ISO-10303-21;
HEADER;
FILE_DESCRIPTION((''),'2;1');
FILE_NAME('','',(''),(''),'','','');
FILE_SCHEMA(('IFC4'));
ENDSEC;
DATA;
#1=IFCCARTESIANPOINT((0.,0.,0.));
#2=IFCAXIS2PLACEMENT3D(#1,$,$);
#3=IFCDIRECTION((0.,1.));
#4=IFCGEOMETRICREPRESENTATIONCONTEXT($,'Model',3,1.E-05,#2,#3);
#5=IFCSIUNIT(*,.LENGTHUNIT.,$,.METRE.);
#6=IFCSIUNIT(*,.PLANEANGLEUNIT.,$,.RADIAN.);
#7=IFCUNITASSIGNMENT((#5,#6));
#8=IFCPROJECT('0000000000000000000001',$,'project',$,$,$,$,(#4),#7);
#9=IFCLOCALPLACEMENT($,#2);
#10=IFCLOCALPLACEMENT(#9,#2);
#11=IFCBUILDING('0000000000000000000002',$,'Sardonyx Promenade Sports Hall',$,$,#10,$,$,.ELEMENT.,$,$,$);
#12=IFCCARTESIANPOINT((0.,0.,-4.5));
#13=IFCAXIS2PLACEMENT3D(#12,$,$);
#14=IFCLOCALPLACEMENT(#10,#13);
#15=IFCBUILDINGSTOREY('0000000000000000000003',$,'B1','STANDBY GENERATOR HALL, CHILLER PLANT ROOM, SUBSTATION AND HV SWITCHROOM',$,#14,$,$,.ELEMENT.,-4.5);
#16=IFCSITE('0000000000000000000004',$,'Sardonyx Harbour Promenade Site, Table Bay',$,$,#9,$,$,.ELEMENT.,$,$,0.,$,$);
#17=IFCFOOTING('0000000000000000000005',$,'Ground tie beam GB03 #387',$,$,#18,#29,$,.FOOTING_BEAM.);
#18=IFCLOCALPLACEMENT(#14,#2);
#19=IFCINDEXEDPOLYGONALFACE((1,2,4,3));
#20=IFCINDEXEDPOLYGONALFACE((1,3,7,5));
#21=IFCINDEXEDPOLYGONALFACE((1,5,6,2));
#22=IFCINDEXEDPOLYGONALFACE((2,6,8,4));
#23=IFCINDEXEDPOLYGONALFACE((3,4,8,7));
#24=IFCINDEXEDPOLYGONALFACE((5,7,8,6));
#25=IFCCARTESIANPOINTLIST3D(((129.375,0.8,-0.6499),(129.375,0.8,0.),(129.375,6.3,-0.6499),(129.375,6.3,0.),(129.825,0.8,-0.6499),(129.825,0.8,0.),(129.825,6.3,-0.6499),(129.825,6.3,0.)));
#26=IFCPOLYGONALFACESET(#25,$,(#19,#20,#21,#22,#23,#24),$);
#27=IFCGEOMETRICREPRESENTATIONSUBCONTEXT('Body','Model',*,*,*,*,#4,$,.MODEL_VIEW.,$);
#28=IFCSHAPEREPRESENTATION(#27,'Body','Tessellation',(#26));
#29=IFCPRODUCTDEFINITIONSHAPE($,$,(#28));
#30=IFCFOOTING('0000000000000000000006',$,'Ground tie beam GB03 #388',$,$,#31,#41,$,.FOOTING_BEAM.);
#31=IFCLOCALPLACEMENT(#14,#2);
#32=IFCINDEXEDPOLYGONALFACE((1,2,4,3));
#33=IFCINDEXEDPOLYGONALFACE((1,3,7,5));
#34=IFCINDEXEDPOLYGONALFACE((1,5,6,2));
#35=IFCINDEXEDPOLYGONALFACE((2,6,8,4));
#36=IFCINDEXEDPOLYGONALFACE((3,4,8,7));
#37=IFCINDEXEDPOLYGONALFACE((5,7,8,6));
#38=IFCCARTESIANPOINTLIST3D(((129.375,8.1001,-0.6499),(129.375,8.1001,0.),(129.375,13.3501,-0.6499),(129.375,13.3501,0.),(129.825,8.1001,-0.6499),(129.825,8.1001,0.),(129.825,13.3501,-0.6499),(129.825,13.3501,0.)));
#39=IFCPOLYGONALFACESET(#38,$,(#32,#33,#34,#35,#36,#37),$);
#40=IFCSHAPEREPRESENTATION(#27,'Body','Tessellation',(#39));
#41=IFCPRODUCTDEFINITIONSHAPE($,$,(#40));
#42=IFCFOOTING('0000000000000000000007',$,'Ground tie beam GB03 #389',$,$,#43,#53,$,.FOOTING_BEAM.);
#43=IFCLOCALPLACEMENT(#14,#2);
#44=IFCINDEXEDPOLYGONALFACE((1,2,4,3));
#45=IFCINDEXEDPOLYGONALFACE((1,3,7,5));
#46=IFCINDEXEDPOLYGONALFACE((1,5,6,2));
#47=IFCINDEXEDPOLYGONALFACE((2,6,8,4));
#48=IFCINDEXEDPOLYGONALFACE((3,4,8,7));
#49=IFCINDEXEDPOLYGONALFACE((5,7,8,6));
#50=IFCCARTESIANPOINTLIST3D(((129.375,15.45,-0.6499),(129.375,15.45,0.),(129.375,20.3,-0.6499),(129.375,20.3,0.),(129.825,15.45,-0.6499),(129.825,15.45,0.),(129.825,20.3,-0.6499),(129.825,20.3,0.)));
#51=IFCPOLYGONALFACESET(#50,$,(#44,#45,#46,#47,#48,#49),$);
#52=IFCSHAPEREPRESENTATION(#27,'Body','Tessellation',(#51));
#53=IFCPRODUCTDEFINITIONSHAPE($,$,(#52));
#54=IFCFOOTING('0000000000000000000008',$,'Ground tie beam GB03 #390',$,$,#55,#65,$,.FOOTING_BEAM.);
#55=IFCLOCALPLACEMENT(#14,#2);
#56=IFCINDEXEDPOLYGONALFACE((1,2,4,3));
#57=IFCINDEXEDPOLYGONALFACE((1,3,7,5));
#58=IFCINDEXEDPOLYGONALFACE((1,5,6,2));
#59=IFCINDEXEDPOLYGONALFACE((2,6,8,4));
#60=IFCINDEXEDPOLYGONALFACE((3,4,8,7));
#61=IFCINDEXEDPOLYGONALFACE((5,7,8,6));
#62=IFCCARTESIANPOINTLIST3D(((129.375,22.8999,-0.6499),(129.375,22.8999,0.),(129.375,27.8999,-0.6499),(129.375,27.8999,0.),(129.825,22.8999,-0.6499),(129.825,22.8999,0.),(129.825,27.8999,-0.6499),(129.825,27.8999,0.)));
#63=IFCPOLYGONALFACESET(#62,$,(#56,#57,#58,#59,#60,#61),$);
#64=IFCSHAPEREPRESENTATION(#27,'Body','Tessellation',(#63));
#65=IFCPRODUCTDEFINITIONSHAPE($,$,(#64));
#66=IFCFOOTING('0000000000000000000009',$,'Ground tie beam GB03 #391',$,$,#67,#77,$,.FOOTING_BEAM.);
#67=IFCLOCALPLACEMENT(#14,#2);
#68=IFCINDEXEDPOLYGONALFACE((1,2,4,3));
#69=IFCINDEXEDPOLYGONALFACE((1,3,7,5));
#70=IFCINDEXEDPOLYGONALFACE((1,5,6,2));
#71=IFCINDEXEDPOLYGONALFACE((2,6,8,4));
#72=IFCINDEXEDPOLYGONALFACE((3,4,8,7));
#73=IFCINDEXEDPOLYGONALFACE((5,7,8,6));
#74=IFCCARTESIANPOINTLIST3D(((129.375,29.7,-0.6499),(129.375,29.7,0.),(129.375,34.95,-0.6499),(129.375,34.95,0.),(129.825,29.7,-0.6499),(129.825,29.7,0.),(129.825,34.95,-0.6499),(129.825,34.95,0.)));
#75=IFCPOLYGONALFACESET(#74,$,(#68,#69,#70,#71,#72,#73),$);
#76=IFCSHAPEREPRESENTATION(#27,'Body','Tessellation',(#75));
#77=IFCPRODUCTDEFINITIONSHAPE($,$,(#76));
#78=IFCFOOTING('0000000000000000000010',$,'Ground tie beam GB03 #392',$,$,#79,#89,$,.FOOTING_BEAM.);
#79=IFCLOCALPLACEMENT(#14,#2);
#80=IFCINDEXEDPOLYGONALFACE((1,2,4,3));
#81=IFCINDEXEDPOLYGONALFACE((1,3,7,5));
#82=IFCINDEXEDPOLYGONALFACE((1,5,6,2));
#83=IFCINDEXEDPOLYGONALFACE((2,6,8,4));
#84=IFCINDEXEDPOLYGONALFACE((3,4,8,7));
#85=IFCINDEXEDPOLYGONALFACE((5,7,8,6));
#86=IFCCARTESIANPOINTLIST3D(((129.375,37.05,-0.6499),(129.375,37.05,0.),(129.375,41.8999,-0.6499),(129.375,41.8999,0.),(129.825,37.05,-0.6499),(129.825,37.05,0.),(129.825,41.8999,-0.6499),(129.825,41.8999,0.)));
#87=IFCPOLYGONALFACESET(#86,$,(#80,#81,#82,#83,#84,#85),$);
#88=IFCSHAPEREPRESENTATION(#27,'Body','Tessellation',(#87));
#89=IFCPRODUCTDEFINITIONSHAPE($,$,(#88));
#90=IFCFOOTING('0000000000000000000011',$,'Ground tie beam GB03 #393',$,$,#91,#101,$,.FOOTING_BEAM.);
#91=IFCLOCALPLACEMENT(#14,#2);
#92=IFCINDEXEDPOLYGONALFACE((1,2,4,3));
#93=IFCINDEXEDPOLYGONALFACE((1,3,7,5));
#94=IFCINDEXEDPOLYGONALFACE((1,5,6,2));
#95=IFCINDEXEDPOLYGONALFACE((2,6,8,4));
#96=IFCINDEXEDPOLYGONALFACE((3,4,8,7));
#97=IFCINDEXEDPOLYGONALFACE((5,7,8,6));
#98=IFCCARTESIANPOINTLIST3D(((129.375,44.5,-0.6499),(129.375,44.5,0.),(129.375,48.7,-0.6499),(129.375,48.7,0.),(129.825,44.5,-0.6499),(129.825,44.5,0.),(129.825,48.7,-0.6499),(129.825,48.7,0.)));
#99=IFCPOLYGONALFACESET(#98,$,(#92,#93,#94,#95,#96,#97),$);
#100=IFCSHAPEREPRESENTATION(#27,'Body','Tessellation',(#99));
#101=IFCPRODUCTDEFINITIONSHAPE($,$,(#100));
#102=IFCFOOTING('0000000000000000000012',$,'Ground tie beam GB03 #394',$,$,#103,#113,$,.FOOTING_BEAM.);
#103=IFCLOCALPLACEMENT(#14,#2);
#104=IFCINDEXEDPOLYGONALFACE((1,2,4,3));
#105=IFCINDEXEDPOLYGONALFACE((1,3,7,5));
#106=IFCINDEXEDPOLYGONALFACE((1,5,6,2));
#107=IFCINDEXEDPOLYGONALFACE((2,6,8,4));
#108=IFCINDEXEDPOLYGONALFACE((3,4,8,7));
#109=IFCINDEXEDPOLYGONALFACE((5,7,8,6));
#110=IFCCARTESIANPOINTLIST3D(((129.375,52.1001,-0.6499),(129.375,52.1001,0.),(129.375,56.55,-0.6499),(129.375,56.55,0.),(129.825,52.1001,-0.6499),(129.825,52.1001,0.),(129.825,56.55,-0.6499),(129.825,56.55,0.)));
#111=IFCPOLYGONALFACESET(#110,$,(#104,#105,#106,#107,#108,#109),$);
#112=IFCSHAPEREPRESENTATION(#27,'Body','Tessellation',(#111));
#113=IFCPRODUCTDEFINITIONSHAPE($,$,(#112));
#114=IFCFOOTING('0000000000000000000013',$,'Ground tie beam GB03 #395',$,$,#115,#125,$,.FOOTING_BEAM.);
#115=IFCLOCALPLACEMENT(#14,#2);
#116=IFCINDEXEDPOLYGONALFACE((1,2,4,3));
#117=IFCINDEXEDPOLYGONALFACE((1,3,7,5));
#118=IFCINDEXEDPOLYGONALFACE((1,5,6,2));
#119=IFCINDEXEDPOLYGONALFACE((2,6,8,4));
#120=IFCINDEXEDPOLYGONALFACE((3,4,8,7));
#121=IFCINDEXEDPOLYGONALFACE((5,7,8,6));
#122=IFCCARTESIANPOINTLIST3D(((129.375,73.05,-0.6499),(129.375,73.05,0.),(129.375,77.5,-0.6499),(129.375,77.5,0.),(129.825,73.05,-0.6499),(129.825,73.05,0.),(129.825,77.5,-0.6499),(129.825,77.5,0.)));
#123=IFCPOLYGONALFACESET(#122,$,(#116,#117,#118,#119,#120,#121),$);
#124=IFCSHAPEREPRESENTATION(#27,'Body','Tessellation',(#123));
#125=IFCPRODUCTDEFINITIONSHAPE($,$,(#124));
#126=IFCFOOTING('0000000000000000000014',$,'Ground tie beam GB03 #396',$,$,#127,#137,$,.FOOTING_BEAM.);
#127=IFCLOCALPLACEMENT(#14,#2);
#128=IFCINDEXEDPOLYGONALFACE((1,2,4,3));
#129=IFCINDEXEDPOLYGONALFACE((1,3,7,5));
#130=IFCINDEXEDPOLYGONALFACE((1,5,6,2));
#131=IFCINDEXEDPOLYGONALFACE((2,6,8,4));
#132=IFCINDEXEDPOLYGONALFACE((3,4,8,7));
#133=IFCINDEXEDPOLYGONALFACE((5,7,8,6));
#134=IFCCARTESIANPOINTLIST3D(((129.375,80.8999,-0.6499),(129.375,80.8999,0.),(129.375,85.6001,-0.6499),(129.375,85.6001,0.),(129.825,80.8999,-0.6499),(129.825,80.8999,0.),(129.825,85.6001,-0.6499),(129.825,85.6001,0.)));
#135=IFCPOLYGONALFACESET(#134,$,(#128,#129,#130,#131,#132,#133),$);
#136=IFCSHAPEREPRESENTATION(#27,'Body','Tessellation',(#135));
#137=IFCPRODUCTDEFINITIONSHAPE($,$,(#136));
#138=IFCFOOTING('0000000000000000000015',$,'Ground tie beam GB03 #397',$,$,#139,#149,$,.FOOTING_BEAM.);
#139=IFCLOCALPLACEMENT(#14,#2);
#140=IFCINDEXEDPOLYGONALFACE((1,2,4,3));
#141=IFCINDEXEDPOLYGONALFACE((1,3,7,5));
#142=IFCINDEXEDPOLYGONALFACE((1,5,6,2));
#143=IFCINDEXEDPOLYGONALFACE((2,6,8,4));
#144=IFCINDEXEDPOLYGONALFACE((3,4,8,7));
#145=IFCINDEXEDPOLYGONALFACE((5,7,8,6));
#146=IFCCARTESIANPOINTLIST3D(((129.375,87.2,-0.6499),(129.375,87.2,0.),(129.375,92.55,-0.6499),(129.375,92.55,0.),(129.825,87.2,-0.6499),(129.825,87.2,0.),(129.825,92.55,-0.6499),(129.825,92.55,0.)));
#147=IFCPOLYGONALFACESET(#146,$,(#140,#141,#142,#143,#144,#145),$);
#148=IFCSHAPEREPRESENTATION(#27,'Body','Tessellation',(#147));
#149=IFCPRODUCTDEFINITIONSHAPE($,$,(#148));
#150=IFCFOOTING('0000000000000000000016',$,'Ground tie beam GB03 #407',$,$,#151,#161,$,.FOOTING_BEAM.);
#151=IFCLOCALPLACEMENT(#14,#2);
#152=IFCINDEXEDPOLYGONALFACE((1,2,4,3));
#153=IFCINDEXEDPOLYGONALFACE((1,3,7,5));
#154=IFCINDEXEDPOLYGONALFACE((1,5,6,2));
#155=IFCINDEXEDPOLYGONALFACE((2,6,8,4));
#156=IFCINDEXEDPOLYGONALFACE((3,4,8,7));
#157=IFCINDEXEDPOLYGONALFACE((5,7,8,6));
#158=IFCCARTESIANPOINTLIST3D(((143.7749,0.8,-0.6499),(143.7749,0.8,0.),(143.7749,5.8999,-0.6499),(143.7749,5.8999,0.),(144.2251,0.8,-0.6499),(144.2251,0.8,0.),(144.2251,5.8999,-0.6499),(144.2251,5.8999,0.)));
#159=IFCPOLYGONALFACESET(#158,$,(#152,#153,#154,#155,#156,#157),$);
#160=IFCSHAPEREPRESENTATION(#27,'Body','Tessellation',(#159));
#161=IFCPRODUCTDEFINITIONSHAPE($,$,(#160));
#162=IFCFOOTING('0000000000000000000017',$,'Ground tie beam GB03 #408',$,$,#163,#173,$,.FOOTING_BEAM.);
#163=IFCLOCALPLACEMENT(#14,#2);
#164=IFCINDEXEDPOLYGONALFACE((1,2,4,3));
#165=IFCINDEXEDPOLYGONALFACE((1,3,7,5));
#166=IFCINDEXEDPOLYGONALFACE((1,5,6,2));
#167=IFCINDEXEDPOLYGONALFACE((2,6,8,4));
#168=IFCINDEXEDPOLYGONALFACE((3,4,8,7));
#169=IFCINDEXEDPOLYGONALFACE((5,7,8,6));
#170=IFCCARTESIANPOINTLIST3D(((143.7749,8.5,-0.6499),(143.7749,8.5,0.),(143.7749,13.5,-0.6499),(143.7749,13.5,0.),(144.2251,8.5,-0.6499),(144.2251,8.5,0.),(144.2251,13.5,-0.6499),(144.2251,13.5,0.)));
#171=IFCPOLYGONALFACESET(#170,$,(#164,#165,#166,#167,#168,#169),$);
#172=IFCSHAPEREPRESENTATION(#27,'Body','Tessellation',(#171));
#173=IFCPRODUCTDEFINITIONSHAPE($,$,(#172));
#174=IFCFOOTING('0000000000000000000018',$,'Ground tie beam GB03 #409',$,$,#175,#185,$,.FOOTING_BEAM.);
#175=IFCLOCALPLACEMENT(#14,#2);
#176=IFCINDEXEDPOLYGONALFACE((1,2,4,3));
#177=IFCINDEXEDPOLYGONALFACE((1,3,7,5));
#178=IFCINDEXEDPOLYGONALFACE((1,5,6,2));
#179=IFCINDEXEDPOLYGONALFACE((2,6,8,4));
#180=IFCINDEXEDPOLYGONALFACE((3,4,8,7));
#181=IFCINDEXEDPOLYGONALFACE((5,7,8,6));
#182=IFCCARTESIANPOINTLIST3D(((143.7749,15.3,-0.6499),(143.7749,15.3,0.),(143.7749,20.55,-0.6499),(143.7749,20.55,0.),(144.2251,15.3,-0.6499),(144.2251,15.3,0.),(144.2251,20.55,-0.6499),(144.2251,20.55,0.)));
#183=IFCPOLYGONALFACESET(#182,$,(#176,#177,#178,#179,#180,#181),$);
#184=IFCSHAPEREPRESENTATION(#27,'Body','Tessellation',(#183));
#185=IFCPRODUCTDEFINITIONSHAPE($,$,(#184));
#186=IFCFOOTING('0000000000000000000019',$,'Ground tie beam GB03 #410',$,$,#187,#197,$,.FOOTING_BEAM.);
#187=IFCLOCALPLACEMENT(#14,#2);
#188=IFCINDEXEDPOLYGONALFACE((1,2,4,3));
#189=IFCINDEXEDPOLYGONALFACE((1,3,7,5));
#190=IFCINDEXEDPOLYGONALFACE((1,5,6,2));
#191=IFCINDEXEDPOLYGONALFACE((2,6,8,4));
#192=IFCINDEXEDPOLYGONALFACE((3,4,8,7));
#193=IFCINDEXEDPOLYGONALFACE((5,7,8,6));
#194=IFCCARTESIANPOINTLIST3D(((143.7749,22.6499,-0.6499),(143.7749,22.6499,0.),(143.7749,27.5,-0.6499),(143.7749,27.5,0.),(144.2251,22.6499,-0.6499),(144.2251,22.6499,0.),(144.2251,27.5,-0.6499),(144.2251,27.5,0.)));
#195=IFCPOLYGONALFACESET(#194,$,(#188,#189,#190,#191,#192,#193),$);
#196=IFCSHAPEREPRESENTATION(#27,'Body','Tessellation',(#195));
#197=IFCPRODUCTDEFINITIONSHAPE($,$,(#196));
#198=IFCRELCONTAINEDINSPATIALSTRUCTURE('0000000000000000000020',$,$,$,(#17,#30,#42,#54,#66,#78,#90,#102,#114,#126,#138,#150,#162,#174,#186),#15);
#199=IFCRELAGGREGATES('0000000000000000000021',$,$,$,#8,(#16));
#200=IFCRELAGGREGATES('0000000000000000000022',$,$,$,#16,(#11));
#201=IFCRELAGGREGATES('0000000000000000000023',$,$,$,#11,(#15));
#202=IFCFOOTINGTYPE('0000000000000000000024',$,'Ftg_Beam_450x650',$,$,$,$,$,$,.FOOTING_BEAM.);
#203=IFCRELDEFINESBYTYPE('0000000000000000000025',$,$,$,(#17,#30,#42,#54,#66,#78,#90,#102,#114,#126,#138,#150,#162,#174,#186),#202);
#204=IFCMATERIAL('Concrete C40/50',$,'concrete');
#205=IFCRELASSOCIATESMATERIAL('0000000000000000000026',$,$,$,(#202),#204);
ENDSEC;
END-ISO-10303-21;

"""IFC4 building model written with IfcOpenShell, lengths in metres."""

from ifc_helpers import new_model, si_unit, direction, frame, origin, place, context, subcontext, project, spatial, polyline, outline, extrude, material, type_object, element, save


model = new_model("IFC4")

# Units and contexts
model_context = context("Model", 3, precision=1e-05, world=origin(), true_north=direction((0.0, 1.0)))
body_context = subcontext(model_context, "Body", "Model", "MODEL_VIEW")
ifc_project = project(units=[si_unit("LENGTHUNIT", "METRE"), si_unit("PLANEANGLEUNIT", "RADIAN")], contexts=[model_context])

# Site, building, storey
site_placement = place(None, origin())
site = spatial("IfcSite", under=ifc_project, at=site_placement, Name="Sardonyx Harbour Promenade Site, Table Bay", CompositionType="ELEMENT", RefElevation=0.0)
building_placement = place(site_placement, origin())
building = spatial("IfcBuilding", under=site, at=building_placement, Name="Sardonyx Promenade Sports Hall", CompositionType="ELEMENT")
storey_placement = place(building_placement, frame((0.0, 0.0, -4.5)))
storey = spatial("IfcBuildingStorey", under=building, at=storey_placement, Name="B1", Description="STANDBY GENERATOR HALL, CHILLER PLANT ROOM, SUBSTATION AND HV SWITCHROOM", CompositionType="ELEMENT", Elevation=-4.5)

# Footings
ifc_material_1 = material(Name="Concrete C40/50", Category="concrete")
footing_type_1 = type_object("IfcFootingType", Name="Ftg_Beam_450x650", PredefinedType="FOOTING_BEAM", material=ifc_material_1)
footing_1_placement = place(storey_placement, frame((0.0, 0.0, -0.6499)))
element("IfcFooting", 1, at=footing_1_placement, inside=storey, type_object=footing_type_1, Name="Ground tie beam GB03 #387", PredefinedType="FOOTING_BEAM", context=body_context, shape_type="SweptSolid", body=[
    extrude(outline(polyline([(129.375, 0.8), (129.825, 0.8), (129.825, 6.3), (129.375, 6.3), (129.375, 0.8)])), origin(), (0.0, 0.0, 1.0), 0.6499),
])
footing_2_placement = place(storey_placement, frame((0.0, 0.0, -0.6499)))
element("IfcFooting", 2, at=footing_2_placement, inside=storey, type_object=footing_type_1, Name="Ground tie beam GB03 #388", PredefinedType="FOOTING_BEAM", context=body_context, shape_type="SweptSolid", body=[
    extrude(outline(polyline([(129.375, 8.1001), (129.825, 8.1001), (129.825, 13.3501), (129.375, 13.3501), (129.375, 8.1001)])), origin(), (0.0, 0.0, 1.0), 0.6499),
])
footing_3_placement = place(storey_placement, frame((0.0, 0.0, -0.6499)))
element("IfcFooting", 3, at=footing_3_placement, inside=storey, type_object=footing_type_1, Name="Ground tie beam GB03 #389", PredefinedType="FOOTING_BEAM", context=body_context, shape_type="SweptSolid", body=[
    extrude(outline(polyline([(129.375, 15.45), (129.825, 15.45), (129.825, 20.3), (129.375, 20.3), (129.375, 15.45)])), origin(), (0.0, 0.0, 1.0), 0.6499),
])
footing_4_placement = place(storey_placement, frame((0.0, 0.0, -0.6499)))
element("IfcFooting", 4, at=footing_4_placement, inside=storey, type_object=footing_type_1, Name="Ground tie beam GB03 #390", PredefinedType="FOOTING_BEAM", context=body_context, shape_type="SweptSolid", body=[
    extrude(outline(polyline([(129.375, 22.8999), (129.825, 22.8999), (129.825, 27.8999), (129.375, 27.8999), (129.375, 22.8999)])), origin(), (0.0, 0.0, 1.0), 0.6499),
])
footing_5_placement = place(storey_placement, frame((0.0, 0.0, -0.6499)))
element("IfcFooting", 5, at=footing_5_placement, inside=storey, type_object=footing_type_1, Name="Ground tie beam GB03 #391", PredefinedType="FOOTING_BEAM", context=body_context, shape_type="SweptSolid", body=[
    extrude(outline(polyline([(129.375, 29.7), (129.825, 29.7), (129.825, 34.95), (129.375, 34.95), (129.375, 29.7)])), origin(), (0.0, 0.0, 1.0), 0.6499),
])
footing_6_placement = place(storey_placement, frame((0.0, 0.0, -0.6499)))
element("IfcFooting", 6, at=footing_6_placement, inside=storey, type_object=footing_type_1, Name="Ground tie beam GB03 #392", PredefinedType="FOOTING_BEAM", context=body_context, shape_type="SweptSolid", body=[
    extrude(outline(polyline([(129.375, 37.05), (129.825, 37.05), (129.825, 41.8999), (129.375, 41.8999), (129.375, 37.05)])), origin(), (0.0, 0.0, 1.0), 0.6499),
])
footing_7_placement = place(storey_placement, frame((0.0, 0.0, -0.6499)))
element("IfcFooting", 7, at=footing_7_placement, inside=storey, type_object=footing_type_1, Name="Ground tie beam GB03 #393", PredefinedType="FOOTING_BEAM", context=body_context, shape_type="SweptSolid", body=[
    extrude(outline(polyline([(129.375, 44.5), (129.825, 44.5), (129.825, 48.7), (129.375, 48.7), (129.375, 44.5)])), origin(), (0.0, 0.0, 1.0), 0.6499),
])
footing_8_placement = place(storey_placement, frame((0.0, 0.0, -0.6499)))
element("IfcFooting", 8, at=footing_8_placement, inside=storey, type_object=footing_type_1, Name="Ground tie beam GB03 #394", PredefinedType="FOOTING_BEAM", context=body_context, shape_type="SweptSolid", body=[
    extrude(outline(polyline([(129.375, 52.1001), (129.825, 52.1001), (129.825, 56.55), (129.375, 56.55), (129.375, 52.1001)])), origin(), (0.0, 0.0, 1.0), 0.6499),
])
footing_9_placement = place(storey_placement, frame((0.0, 0.0, -0.6499)))
element("IfcFooting", 9, at=footing_9_placement, inside=storey, type_object=footing_type_1, Name="Ground tie beam GB03 #395", PredefinedType="FOOTING_BEAM", context=body_context, shape_type="SweptSolid", body=[
    extrude(outline(polyline([(129.375, 73.05), (129.825, 73.05), (129.825, 77.5), (129.375, 77.5), (129.375, 73.05)])), origin(), (0.0, 0.0, 1.0), 0.6499),
])
footing_10_placement = place(storey_placement, frame((0.0, 0.0, -0.6499)))
element("IfcFooting", 10, at=footing_10_placement, inside=storey, type_object=footing_type_1, Name="Ground tie beam GB03 #396", PredefinedType="FOOTING_BEAM", context=body_context, shape_type="SweptSolid", body=[
    extrude(outline(polyline([(129.375, 80.8999), (129.825, 80.8999), (129.825, 85.6001), (129.375, 85.6001), (129.375, 80.8999)])), origin(), (0.0, 0.0, 1.0), 0.6499),
])
footing_11_placement = place(storey_placement, frame((0.0, 0.0, -0.6499)))
element("IfcFooting", 11, at=footing_11_placement, inside=storey, type_object=footing_type_1, Name="Ground tie beam GB03 #397", PredefinedType="FOOTING_BEAM", context=body_context, shape_type="SweptSolid", body=[
    extrude(outline(polyline([(129.375, 87.2), (129.825, 87.2), (129.825, 92.55), (129.375, 92.55), (129.375, 87.2)])), origin(), (0.0, 0.0, 1.0), 0.6499),
])
footing_12_placement = place(storey_placement, frame((0.0, 0.0, -0.6499)))
element("IfcFooting", 12, at=footing_12_placement, inside=storey, type_object=footing_type_1, Name="Ground tie beam GB03 #407", PredefinedType="FOOTING_BEAM", context=body_context, shape_type="SweptSolid", body=[
    extrude(outline(polyline([(143.7749, 0.8), (144.2251, 0.8), (144.2251, 5.8999), (143.7749, 5.8999), (143.7749, 0.8)])), origin(), (0.0, 0.0, 1.0), 0.6499),
])
footing_13_placement = place(storey_placement, frame((0.0, 0.0, -0.6499)))
element("IfcFooting", 13, at=footing_13_placement, inside=storey, type_object=footing_type_1, Name="Ground tie beam GB03 #408", PredefinedType="FOOTING_BEAM", context=body_context, shape_type="SweptSolid", body=[
    extrude(outline(polyline([(143.7749, 8.5), (144.2251, 8.5), (144.2251, 13.5), (143.7749, 13.5), (143.7749, 8.5)])), origin(), (0.0, 0.0, 1.0), 0.6499),
])
footing_14_placement = place(storey_placement, frame((0.0, 0.0, -0.6499)))
element("IfcFooting", 14, at=footing_14_placement, inside=storey, type_object=footing_type_1, Name="Ground tie beam GB03 #409", PredefinedType="FOOTING_BEAM", context=body_context, shape_type="SweptSolid", body=[
    extrude(outline(polyline([(143.7749, 15.3), (144.2251, 15.3), (144.2251, 20.55), (143.7749, 20.55), (143.7749, 15.3)])), origin(), (0.0, 0.0, 1.0), 0.6499),
])
footing_15_placement = place(storey_placement, frame((0.0, 0.0, -0.6499)))
element("IfcFooting", 15, at=footing_15_placement, inside=storey, type_object=footing_type_1, Name="Ground tie beam GB03 #410", PredefinedType="FOOTING_BEAM", context=body_context, shape_type="SweptSolid", body=[
    extrude(outline(polyline([(143.7749, 22.6499), (144.2251, 22.6499), (144.2251, 27.5), (143.7749, 27.5), (143.7749, 22.6499)])), origin(), (0.0, 0.0, 1.0), 0.6499),
])

save(model, "model.ifc")
